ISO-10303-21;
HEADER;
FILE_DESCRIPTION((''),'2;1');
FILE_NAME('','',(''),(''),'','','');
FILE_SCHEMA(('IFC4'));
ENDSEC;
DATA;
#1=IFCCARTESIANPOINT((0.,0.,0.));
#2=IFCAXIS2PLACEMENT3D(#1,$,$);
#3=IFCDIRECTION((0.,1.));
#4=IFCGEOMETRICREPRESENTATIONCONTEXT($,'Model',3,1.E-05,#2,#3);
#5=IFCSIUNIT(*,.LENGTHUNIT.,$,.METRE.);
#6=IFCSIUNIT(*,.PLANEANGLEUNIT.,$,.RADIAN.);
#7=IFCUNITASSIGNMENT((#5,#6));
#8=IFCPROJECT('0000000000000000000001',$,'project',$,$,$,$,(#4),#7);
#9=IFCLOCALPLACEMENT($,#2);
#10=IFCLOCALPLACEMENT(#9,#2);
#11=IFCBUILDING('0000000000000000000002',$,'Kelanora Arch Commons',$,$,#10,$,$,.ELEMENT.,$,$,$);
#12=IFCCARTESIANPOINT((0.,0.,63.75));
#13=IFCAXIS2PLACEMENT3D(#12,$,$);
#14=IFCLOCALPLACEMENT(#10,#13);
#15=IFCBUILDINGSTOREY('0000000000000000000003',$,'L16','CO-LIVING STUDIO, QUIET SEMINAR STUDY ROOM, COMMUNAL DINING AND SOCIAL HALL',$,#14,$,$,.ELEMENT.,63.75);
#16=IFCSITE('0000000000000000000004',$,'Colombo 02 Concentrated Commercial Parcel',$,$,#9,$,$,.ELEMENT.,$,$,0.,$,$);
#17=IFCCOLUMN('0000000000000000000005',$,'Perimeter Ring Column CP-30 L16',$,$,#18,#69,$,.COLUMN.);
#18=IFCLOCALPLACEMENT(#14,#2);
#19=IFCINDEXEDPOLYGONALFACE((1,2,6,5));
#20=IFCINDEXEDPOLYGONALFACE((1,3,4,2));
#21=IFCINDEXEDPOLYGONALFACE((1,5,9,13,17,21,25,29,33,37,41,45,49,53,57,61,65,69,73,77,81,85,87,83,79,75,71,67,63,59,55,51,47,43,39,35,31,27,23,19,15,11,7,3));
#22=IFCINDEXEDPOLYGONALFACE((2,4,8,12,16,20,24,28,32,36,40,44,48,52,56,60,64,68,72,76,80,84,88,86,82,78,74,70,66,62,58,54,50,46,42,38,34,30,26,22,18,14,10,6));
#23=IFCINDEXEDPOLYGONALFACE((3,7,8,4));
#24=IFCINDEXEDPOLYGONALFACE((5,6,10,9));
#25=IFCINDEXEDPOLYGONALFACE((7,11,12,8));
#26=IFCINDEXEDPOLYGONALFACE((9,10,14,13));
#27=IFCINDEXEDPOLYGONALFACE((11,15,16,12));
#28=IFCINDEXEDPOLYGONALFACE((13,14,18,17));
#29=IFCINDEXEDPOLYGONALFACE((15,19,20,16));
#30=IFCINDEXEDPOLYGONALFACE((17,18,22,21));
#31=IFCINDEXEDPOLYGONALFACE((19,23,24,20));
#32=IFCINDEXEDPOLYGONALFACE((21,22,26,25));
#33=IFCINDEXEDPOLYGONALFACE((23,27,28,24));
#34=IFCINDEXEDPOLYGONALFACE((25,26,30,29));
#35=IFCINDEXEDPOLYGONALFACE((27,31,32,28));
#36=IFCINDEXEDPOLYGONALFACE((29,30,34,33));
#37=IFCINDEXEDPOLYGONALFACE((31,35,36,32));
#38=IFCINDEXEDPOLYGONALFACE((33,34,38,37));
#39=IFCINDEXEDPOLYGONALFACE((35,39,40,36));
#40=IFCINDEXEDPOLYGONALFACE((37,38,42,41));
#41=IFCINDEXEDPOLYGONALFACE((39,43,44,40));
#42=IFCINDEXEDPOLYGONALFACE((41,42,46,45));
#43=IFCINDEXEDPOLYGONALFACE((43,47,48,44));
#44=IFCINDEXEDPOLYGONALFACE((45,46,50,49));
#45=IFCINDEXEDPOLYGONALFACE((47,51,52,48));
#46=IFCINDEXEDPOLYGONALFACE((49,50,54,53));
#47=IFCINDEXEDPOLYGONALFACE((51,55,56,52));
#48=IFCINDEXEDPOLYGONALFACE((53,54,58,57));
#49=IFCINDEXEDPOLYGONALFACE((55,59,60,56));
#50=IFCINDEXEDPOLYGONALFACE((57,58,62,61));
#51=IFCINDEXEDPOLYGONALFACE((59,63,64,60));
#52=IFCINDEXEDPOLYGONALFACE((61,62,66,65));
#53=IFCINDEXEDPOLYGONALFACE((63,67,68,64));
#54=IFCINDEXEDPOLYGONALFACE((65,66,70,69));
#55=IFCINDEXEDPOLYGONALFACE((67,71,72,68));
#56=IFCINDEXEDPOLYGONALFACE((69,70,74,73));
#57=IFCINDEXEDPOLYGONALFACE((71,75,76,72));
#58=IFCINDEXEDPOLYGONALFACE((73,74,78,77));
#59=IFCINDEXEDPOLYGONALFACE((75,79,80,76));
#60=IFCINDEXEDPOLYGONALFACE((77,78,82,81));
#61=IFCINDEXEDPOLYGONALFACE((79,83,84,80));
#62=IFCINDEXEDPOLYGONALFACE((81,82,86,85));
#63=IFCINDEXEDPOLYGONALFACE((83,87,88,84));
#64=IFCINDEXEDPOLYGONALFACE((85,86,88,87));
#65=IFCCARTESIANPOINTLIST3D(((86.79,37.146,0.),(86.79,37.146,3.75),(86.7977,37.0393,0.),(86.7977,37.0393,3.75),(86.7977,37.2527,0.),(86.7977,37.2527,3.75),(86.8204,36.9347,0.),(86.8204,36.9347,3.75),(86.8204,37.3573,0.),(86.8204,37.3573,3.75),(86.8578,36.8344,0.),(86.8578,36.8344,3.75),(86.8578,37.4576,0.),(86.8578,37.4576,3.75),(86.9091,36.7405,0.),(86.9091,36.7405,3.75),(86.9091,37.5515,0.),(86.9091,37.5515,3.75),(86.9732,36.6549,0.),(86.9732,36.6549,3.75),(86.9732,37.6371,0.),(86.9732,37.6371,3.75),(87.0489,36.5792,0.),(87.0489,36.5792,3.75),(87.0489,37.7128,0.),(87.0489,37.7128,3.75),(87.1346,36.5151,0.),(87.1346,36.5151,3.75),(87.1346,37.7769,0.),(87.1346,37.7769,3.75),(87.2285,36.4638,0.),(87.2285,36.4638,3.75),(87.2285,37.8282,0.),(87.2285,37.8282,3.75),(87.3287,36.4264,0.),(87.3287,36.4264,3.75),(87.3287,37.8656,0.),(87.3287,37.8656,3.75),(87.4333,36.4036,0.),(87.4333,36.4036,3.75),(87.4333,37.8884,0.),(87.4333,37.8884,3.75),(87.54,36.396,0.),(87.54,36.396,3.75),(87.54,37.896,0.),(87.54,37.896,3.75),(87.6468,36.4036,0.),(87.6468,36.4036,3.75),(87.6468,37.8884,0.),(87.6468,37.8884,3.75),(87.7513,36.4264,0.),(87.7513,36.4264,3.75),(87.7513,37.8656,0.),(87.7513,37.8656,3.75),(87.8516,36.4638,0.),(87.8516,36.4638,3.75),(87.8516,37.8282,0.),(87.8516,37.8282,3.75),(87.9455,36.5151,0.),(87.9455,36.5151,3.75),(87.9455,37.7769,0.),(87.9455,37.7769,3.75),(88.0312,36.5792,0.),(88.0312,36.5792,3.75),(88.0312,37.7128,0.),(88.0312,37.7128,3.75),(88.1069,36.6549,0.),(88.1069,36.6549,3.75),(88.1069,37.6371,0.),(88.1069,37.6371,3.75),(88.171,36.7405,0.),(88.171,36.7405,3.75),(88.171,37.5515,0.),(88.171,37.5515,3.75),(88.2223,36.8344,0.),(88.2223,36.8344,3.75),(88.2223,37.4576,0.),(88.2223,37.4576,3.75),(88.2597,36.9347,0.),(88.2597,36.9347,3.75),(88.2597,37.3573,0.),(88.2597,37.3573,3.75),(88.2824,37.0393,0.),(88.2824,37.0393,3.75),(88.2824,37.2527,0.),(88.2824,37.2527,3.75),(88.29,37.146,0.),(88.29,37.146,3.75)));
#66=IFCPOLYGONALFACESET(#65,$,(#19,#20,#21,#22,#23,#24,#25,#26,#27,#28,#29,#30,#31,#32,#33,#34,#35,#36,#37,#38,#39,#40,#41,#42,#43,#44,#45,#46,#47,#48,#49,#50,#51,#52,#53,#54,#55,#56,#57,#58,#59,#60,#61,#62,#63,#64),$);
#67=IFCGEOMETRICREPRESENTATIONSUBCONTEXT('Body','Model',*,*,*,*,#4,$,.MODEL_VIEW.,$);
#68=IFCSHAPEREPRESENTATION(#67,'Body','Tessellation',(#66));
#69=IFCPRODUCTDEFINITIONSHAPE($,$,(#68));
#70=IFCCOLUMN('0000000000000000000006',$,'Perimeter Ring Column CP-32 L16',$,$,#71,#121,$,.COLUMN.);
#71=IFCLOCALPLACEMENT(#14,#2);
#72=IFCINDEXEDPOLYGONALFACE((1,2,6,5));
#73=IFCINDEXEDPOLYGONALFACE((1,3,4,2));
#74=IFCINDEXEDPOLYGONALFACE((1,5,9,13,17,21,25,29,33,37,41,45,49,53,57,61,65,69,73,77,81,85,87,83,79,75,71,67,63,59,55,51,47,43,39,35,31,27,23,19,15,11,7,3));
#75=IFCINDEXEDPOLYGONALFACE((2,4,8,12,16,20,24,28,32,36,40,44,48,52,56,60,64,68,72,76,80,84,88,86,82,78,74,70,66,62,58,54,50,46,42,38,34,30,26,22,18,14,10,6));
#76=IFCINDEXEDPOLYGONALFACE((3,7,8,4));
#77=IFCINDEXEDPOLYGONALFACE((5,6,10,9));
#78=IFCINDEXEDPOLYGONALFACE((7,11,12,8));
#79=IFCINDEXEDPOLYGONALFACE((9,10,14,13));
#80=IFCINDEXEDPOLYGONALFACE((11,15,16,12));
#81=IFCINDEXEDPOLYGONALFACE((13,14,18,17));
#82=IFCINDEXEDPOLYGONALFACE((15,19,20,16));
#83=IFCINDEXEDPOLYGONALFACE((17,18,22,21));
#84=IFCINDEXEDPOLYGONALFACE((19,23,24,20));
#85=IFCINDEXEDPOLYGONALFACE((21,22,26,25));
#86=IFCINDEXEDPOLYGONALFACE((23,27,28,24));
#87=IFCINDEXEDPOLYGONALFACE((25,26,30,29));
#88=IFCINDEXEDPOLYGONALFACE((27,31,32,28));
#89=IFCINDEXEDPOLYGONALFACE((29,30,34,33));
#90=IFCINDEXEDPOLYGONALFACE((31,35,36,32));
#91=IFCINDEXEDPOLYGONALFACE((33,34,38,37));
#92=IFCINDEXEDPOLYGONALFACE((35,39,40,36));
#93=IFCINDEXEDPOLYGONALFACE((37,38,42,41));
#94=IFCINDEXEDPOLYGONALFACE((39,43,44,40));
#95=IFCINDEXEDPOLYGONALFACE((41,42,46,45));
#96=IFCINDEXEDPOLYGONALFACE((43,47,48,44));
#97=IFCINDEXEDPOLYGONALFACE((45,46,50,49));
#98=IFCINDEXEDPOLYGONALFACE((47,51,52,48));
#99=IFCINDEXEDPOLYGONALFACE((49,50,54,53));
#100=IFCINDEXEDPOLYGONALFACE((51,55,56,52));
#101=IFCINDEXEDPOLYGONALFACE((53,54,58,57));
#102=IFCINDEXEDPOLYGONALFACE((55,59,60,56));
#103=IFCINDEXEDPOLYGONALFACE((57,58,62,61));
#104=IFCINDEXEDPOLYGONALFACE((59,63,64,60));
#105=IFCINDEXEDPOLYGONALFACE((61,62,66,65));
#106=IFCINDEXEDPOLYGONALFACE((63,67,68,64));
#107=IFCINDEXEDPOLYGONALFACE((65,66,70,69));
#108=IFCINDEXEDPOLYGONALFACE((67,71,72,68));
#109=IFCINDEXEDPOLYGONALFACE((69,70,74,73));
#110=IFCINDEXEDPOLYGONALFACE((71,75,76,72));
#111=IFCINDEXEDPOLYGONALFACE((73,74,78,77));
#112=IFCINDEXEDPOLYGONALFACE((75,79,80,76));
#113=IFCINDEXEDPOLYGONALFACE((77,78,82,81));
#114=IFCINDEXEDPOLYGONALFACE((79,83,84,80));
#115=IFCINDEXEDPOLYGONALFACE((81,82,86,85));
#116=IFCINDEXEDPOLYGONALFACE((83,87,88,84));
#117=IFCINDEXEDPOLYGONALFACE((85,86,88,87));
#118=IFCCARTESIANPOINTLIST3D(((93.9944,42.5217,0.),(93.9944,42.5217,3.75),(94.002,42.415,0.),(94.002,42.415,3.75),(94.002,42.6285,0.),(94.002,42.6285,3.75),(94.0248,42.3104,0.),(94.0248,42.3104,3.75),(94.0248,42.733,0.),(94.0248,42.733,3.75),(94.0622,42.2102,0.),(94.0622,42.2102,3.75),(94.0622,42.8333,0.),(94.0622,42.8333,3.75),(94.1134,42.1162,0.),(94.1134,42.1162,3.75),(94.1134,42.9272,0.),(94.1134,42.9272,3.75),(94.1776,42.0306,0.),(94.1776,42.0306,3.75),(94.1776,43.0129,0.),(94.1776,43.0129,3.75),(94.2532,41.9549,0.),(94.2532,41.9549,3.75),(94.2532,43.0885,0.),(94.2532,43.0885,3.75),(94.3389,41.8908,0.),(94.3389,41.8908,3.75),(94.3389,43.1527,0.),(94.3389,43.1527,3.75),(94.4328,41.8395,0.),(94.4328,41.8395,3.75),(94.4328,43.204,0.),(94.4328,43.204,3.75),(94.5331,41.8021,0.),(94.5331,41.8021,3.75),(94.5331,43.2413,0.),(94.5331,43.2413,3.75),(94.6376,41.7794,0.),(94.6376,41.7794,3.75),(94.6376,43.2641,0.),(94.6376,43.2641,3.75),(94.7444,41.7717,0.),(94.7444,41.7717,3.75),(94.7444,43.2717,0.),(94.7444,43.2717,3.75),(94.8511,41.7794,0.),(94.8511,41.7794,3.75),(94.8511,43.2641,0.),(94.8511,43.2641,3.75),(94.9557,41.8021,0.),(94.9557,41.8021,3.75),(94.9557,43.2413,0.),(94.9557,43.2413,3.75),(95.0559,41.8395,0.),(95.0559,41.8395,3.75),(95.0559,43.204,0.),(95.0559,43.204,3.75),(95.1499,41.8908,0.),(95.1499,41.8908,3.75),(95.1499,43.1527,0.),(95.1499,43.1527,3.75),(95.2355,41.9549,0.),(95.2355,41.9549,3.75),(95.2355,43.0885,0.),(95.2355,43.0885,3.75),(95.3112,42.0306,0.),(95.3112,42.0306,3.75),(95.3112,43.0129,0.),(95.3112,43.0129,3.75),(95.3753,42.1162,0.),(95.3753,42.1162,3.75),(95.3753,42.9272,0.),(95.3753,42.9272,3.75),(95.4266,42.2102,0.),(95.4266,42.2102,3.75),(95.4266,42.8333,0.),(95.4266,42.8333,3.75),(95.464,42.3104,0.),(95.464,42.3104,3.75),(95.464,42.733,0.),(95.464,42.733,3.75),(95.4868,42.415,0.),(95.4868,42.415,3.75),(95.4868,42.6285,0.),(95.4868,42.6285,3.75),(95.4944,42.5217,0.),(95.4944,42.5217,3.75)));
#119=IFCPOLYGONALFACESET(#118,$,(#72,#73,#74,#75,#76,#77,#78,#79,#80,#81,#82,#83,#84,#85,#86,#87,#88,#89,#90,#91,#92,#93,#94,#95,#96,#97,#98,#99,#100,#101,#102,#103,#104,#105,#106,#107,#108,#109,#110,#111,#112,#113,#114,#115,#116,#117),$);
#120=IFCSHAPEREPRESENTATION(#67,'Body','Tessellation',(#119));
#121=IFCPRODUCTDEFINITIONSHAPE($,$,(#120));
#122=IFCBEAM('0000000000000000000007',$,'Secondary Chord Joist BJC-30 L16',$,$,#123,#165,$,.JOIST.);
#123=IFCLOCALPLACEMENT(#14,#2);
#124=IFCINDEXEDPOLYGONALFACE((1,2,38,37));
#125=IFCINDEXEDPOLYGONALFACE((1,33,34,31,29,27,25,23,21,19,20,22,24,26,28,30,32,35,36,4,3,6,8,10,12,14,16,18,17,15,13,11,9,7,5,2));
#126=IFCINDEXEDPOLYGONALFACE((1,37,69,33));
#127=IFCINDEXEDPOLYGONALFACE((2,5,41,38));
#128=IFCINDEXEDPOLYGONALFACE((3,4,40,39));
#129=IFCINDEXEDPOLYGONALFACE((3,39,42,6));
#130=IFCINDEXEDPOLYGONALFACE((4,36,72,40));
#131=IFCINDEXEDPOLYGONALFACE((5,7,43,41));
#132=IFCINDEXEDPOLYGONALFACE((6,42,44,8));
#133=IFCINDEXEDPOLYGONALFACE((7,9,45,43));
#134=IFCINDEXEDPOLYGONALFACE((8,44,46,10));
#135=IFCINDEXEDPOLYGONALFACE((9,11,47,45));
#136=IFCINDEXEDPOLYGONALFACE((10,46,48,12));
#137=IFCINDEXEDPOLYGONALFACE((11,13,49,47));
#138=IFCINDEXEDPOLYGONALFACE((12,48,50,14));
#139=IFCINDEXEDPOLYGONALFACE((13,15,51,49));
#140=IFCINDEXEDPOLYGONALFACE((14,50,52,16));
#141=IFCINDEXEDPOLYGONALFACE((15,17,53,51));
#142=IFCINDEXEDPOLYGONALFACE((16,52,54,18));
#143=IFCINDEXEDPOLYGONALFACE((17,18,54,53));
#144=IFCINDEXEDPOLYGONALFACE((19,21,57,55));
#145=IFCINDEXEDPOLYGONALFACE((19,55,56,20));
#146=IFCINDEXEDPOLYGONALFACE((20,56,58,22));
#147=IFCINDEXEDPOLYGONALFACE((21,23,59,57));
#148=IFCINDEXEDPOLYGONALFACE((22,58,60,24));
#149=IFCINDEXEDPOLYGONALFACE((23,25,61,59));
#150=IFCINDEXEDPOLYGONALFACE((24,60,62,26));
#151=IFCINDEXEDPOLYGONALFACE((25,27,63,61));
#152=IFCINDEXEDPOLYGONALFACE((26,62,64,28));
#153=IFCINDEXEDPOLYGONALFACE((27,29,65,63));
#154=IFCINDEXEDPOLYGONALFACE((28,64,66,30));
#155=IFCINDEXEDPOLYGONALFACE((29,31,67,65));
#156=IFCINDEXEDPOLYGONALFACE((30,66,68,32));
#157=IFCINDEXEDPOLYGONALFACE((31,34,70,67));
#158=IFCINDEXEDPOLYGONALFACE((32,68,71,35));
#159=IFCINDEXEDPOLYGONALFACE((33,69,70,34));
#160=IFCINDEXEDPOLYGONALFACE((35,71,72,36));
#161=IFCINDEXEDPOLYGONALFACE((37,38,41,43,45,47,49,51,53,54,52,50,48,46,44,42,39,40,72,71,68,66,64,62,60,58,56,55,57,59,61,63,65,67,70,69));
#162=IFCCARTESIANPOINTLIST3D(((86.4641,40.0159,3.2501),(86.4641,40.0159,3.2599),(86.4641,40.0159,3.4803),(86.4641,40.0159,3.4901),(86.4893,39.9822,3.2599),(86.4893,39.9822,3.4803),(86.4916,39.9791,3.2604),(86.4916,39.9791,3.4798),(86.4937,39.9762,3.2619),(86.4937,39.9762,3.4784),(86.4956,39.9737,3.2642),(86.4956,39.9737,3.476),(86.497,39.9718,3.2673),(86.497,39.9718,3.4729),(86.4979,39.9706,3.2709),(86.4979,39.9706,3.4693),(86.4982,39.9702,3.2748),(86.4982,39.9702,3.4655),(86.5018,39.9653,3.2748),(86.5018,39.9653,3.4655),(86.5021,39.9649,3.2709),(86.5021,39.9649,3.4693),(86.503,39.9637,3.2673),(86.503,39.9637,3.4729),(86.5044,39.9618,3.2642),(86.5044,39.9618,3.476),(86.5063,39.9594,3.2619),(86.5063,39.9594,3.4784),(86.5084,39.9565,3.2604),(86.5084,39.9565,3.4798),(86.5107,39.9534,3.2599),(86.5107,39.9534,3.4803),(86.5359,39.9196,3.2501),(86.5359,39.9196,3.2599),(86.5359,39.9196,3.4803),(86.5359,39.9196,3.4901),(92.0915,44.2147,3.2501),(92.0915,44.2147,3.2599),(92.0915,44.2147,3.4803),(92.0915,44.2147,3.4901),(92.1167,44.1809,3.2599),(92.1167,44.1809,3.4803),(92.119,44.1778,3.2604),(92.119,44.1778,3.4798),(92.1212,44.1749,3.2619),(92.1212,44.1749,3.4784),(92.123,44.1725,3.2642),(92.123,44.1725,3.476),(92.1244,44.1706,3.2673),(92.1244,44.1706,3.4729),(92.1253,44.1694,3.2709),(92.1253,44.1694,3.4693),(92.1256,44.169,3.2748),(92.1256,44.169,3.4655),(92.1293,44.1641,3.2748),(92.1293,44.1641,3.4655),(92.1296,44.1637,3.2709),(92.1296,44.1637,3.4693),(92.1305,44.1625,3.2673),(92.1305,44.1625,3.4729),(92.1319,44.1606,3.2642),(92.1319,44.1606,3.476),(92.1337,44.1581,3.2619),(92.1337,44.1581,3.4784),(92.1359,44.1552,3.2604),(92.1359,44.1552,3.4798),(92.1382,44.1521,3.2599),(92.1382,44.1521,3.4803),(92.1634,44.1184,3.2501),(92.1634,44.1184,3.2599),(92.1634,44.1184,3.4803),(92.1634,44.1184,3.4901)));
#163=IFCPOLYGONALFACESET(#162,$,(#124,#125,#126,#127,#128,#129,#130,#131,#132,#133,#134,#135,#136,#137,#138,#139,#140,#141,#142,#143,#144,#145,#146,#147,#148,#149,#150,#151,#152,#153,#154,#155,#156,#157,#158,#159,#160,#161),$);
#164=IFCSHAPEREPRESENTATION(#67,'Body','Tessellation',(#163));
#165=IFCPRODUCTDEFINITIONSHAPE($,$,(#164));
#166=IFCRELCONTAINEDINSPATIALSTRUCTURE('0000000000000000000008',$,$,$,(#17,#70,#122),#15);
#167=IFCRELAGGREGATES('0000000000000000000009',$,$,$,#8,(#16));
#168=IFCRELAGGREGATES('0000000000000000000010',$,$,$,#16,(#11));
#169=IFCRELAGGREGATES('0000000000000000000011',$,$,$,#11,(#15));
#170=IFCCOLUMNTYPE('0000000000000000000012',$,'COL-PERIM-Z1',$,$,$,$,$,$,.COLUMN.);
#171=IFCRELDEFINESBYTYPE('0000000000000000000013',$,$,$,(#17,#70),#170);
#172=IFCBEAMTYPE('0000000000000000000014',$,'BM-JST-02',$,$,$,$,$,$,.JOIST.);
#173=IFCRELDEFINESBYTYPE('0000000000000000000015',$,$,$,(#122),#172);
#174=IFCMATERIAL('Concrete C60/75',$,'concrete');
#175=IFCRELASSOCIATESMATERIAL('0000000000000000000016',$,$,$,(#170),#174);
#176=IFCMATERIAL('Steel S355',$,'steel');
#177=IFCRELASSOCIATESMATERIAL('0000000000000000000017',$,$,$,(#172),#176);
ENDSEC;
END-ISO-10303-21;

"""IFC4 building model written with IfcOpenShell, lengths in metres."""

from ifc_helpers import new_model, si_unit, direction, frame, origin, origin_2d, place, context, subcontext, project, spatial, circle, i_section, extrude, material, material_profile, profile_set, type_object, element, save


model = new_model("IFC4")

# Units and contexts
model_context = context("Model", 3, precision=1e-05, world=origin(), true_north=direction((0.0, 1.0)))
body_context = subcontext(model_context, "Body", "Model", "MODEL_VIEW")
ifc_project = project(units=[si_unit("LENGTHUNIT", "METRE"), si_unit("PLANEANGLEUNIT", "RADIAN")], contexts=[model_context])

# Site, building, storey
site_placement = place(None, origin())
site = spatial("IfcSite", under=ifc_project, at=site_placement, Name="Colombo 02 Concentrated Commercial Parcel", CompositionType="ELEMENT", RefElevation=0.0)
building_placement = place(site_placement, origin())
building = spatial("IfcBuilding", under=site, at=building_placement, Name="Kelanora Arch Commons", CompositionType="ELEMENT")
storey_placement = place(building_placement, frame((0.0, 0.0, 63.75)))
storey = spatial("IfcBuildingStorey", under=building, at=storey_placement, Name="L16", Description="CO-LIVING STUDIO, QUIET SEMINAR STUDY ROOM, COMMUNAL DINING AND SOCIAL HALL", CompositionType="ELEMENT", Elevation=63.75)

# Columns
ifc_material_1 = material(Name="Concrete C60/75", Category="concrete")
ifc_material_profile_1 = material_profile(ifc_material_1, circle(Radius=0.75, at=origin_2d()), Name="RCC1500")
ifc_profile_set_1 = profile_set([ifc_material_profile_1], Name="Concrete C60/75")
column_type = type_object("IfcColumnType", Name="COL-PERIM-Z1", PredefinedType="COLUMN", material=ifc_profile_set_1)
for number, where, z_axis, x_axis, name in (
    (1, (87.54, 37.146, 0.0), (0.0, 0.0, 1.0), (1.0, 0.0, 0.0), "Perimeter Ring Column CP-30 L16"),
    (2, (94.7444, 42.5217, 0.0), (0.0, 0.0, 1.0), (1.0, 0.0, 0.0), "Perimeter Ring Column CP-32 L16"),
):
    element("IfcColumn", number, at=place(storey_placement, frame(where, z_axis=z_axis, x_axis=x_axis)), inside=storey, type_object=column_type, Name=name, PredefinedType="COLUMN", context=body_context, shape_type="SweptSolid", body=[
        extrude(circle(Radius=0.75, at=origin_2d()), origin(), (0.0, 0.0, 1.0), 3.75),
    ])

# Beam
ifc_material_2 = material(Name="Steel S355", Category="steel")
ifc_material_profile_2 = material_profile(ifc_material_2, i_section(OverallWidth=0.1201, OverallDepth=0.24, WebThickness=0.0061, FlangeThickness=0.0098, FilletRadius=0.0149, at=origin_2d()), Name="IPE240")
ifc_profile_set_2 = profile_set([ifc_material_profile_2], Name="Steel S355")
beam_type_1 = type_object("IfcBeamType", Name="BM-JST-02", PredefinedType="JOIST", material=ifc_profile_set_2)
beam_1_placement = place(storey_placement, frame((86.5, 39.9678, 3.3701), z_axis=(0.801491, 0.598006, 0.0), x_axis=(-0.598006, 0.801491, 0.0)))
element("IfcBeam", 3, at=beam_1_placement, inside=storey, type_object=beam_type_1, Name="Secondary Chord Joist BJC-30 L16", PredefinedType="JOIST", context=body_context, shape_type="SweptSolid", body=[
    extrude(i_section(OverallWidth=0.1201, OverallDepth=0.24, WebThickness=0.0061, FlangeThickness=0.0098, FilletRadius=0.0149, at=origin_2d()), origin(), (0.0, 0.0, 1.0), 7.0212),
])

save(model, "model.ifc")
